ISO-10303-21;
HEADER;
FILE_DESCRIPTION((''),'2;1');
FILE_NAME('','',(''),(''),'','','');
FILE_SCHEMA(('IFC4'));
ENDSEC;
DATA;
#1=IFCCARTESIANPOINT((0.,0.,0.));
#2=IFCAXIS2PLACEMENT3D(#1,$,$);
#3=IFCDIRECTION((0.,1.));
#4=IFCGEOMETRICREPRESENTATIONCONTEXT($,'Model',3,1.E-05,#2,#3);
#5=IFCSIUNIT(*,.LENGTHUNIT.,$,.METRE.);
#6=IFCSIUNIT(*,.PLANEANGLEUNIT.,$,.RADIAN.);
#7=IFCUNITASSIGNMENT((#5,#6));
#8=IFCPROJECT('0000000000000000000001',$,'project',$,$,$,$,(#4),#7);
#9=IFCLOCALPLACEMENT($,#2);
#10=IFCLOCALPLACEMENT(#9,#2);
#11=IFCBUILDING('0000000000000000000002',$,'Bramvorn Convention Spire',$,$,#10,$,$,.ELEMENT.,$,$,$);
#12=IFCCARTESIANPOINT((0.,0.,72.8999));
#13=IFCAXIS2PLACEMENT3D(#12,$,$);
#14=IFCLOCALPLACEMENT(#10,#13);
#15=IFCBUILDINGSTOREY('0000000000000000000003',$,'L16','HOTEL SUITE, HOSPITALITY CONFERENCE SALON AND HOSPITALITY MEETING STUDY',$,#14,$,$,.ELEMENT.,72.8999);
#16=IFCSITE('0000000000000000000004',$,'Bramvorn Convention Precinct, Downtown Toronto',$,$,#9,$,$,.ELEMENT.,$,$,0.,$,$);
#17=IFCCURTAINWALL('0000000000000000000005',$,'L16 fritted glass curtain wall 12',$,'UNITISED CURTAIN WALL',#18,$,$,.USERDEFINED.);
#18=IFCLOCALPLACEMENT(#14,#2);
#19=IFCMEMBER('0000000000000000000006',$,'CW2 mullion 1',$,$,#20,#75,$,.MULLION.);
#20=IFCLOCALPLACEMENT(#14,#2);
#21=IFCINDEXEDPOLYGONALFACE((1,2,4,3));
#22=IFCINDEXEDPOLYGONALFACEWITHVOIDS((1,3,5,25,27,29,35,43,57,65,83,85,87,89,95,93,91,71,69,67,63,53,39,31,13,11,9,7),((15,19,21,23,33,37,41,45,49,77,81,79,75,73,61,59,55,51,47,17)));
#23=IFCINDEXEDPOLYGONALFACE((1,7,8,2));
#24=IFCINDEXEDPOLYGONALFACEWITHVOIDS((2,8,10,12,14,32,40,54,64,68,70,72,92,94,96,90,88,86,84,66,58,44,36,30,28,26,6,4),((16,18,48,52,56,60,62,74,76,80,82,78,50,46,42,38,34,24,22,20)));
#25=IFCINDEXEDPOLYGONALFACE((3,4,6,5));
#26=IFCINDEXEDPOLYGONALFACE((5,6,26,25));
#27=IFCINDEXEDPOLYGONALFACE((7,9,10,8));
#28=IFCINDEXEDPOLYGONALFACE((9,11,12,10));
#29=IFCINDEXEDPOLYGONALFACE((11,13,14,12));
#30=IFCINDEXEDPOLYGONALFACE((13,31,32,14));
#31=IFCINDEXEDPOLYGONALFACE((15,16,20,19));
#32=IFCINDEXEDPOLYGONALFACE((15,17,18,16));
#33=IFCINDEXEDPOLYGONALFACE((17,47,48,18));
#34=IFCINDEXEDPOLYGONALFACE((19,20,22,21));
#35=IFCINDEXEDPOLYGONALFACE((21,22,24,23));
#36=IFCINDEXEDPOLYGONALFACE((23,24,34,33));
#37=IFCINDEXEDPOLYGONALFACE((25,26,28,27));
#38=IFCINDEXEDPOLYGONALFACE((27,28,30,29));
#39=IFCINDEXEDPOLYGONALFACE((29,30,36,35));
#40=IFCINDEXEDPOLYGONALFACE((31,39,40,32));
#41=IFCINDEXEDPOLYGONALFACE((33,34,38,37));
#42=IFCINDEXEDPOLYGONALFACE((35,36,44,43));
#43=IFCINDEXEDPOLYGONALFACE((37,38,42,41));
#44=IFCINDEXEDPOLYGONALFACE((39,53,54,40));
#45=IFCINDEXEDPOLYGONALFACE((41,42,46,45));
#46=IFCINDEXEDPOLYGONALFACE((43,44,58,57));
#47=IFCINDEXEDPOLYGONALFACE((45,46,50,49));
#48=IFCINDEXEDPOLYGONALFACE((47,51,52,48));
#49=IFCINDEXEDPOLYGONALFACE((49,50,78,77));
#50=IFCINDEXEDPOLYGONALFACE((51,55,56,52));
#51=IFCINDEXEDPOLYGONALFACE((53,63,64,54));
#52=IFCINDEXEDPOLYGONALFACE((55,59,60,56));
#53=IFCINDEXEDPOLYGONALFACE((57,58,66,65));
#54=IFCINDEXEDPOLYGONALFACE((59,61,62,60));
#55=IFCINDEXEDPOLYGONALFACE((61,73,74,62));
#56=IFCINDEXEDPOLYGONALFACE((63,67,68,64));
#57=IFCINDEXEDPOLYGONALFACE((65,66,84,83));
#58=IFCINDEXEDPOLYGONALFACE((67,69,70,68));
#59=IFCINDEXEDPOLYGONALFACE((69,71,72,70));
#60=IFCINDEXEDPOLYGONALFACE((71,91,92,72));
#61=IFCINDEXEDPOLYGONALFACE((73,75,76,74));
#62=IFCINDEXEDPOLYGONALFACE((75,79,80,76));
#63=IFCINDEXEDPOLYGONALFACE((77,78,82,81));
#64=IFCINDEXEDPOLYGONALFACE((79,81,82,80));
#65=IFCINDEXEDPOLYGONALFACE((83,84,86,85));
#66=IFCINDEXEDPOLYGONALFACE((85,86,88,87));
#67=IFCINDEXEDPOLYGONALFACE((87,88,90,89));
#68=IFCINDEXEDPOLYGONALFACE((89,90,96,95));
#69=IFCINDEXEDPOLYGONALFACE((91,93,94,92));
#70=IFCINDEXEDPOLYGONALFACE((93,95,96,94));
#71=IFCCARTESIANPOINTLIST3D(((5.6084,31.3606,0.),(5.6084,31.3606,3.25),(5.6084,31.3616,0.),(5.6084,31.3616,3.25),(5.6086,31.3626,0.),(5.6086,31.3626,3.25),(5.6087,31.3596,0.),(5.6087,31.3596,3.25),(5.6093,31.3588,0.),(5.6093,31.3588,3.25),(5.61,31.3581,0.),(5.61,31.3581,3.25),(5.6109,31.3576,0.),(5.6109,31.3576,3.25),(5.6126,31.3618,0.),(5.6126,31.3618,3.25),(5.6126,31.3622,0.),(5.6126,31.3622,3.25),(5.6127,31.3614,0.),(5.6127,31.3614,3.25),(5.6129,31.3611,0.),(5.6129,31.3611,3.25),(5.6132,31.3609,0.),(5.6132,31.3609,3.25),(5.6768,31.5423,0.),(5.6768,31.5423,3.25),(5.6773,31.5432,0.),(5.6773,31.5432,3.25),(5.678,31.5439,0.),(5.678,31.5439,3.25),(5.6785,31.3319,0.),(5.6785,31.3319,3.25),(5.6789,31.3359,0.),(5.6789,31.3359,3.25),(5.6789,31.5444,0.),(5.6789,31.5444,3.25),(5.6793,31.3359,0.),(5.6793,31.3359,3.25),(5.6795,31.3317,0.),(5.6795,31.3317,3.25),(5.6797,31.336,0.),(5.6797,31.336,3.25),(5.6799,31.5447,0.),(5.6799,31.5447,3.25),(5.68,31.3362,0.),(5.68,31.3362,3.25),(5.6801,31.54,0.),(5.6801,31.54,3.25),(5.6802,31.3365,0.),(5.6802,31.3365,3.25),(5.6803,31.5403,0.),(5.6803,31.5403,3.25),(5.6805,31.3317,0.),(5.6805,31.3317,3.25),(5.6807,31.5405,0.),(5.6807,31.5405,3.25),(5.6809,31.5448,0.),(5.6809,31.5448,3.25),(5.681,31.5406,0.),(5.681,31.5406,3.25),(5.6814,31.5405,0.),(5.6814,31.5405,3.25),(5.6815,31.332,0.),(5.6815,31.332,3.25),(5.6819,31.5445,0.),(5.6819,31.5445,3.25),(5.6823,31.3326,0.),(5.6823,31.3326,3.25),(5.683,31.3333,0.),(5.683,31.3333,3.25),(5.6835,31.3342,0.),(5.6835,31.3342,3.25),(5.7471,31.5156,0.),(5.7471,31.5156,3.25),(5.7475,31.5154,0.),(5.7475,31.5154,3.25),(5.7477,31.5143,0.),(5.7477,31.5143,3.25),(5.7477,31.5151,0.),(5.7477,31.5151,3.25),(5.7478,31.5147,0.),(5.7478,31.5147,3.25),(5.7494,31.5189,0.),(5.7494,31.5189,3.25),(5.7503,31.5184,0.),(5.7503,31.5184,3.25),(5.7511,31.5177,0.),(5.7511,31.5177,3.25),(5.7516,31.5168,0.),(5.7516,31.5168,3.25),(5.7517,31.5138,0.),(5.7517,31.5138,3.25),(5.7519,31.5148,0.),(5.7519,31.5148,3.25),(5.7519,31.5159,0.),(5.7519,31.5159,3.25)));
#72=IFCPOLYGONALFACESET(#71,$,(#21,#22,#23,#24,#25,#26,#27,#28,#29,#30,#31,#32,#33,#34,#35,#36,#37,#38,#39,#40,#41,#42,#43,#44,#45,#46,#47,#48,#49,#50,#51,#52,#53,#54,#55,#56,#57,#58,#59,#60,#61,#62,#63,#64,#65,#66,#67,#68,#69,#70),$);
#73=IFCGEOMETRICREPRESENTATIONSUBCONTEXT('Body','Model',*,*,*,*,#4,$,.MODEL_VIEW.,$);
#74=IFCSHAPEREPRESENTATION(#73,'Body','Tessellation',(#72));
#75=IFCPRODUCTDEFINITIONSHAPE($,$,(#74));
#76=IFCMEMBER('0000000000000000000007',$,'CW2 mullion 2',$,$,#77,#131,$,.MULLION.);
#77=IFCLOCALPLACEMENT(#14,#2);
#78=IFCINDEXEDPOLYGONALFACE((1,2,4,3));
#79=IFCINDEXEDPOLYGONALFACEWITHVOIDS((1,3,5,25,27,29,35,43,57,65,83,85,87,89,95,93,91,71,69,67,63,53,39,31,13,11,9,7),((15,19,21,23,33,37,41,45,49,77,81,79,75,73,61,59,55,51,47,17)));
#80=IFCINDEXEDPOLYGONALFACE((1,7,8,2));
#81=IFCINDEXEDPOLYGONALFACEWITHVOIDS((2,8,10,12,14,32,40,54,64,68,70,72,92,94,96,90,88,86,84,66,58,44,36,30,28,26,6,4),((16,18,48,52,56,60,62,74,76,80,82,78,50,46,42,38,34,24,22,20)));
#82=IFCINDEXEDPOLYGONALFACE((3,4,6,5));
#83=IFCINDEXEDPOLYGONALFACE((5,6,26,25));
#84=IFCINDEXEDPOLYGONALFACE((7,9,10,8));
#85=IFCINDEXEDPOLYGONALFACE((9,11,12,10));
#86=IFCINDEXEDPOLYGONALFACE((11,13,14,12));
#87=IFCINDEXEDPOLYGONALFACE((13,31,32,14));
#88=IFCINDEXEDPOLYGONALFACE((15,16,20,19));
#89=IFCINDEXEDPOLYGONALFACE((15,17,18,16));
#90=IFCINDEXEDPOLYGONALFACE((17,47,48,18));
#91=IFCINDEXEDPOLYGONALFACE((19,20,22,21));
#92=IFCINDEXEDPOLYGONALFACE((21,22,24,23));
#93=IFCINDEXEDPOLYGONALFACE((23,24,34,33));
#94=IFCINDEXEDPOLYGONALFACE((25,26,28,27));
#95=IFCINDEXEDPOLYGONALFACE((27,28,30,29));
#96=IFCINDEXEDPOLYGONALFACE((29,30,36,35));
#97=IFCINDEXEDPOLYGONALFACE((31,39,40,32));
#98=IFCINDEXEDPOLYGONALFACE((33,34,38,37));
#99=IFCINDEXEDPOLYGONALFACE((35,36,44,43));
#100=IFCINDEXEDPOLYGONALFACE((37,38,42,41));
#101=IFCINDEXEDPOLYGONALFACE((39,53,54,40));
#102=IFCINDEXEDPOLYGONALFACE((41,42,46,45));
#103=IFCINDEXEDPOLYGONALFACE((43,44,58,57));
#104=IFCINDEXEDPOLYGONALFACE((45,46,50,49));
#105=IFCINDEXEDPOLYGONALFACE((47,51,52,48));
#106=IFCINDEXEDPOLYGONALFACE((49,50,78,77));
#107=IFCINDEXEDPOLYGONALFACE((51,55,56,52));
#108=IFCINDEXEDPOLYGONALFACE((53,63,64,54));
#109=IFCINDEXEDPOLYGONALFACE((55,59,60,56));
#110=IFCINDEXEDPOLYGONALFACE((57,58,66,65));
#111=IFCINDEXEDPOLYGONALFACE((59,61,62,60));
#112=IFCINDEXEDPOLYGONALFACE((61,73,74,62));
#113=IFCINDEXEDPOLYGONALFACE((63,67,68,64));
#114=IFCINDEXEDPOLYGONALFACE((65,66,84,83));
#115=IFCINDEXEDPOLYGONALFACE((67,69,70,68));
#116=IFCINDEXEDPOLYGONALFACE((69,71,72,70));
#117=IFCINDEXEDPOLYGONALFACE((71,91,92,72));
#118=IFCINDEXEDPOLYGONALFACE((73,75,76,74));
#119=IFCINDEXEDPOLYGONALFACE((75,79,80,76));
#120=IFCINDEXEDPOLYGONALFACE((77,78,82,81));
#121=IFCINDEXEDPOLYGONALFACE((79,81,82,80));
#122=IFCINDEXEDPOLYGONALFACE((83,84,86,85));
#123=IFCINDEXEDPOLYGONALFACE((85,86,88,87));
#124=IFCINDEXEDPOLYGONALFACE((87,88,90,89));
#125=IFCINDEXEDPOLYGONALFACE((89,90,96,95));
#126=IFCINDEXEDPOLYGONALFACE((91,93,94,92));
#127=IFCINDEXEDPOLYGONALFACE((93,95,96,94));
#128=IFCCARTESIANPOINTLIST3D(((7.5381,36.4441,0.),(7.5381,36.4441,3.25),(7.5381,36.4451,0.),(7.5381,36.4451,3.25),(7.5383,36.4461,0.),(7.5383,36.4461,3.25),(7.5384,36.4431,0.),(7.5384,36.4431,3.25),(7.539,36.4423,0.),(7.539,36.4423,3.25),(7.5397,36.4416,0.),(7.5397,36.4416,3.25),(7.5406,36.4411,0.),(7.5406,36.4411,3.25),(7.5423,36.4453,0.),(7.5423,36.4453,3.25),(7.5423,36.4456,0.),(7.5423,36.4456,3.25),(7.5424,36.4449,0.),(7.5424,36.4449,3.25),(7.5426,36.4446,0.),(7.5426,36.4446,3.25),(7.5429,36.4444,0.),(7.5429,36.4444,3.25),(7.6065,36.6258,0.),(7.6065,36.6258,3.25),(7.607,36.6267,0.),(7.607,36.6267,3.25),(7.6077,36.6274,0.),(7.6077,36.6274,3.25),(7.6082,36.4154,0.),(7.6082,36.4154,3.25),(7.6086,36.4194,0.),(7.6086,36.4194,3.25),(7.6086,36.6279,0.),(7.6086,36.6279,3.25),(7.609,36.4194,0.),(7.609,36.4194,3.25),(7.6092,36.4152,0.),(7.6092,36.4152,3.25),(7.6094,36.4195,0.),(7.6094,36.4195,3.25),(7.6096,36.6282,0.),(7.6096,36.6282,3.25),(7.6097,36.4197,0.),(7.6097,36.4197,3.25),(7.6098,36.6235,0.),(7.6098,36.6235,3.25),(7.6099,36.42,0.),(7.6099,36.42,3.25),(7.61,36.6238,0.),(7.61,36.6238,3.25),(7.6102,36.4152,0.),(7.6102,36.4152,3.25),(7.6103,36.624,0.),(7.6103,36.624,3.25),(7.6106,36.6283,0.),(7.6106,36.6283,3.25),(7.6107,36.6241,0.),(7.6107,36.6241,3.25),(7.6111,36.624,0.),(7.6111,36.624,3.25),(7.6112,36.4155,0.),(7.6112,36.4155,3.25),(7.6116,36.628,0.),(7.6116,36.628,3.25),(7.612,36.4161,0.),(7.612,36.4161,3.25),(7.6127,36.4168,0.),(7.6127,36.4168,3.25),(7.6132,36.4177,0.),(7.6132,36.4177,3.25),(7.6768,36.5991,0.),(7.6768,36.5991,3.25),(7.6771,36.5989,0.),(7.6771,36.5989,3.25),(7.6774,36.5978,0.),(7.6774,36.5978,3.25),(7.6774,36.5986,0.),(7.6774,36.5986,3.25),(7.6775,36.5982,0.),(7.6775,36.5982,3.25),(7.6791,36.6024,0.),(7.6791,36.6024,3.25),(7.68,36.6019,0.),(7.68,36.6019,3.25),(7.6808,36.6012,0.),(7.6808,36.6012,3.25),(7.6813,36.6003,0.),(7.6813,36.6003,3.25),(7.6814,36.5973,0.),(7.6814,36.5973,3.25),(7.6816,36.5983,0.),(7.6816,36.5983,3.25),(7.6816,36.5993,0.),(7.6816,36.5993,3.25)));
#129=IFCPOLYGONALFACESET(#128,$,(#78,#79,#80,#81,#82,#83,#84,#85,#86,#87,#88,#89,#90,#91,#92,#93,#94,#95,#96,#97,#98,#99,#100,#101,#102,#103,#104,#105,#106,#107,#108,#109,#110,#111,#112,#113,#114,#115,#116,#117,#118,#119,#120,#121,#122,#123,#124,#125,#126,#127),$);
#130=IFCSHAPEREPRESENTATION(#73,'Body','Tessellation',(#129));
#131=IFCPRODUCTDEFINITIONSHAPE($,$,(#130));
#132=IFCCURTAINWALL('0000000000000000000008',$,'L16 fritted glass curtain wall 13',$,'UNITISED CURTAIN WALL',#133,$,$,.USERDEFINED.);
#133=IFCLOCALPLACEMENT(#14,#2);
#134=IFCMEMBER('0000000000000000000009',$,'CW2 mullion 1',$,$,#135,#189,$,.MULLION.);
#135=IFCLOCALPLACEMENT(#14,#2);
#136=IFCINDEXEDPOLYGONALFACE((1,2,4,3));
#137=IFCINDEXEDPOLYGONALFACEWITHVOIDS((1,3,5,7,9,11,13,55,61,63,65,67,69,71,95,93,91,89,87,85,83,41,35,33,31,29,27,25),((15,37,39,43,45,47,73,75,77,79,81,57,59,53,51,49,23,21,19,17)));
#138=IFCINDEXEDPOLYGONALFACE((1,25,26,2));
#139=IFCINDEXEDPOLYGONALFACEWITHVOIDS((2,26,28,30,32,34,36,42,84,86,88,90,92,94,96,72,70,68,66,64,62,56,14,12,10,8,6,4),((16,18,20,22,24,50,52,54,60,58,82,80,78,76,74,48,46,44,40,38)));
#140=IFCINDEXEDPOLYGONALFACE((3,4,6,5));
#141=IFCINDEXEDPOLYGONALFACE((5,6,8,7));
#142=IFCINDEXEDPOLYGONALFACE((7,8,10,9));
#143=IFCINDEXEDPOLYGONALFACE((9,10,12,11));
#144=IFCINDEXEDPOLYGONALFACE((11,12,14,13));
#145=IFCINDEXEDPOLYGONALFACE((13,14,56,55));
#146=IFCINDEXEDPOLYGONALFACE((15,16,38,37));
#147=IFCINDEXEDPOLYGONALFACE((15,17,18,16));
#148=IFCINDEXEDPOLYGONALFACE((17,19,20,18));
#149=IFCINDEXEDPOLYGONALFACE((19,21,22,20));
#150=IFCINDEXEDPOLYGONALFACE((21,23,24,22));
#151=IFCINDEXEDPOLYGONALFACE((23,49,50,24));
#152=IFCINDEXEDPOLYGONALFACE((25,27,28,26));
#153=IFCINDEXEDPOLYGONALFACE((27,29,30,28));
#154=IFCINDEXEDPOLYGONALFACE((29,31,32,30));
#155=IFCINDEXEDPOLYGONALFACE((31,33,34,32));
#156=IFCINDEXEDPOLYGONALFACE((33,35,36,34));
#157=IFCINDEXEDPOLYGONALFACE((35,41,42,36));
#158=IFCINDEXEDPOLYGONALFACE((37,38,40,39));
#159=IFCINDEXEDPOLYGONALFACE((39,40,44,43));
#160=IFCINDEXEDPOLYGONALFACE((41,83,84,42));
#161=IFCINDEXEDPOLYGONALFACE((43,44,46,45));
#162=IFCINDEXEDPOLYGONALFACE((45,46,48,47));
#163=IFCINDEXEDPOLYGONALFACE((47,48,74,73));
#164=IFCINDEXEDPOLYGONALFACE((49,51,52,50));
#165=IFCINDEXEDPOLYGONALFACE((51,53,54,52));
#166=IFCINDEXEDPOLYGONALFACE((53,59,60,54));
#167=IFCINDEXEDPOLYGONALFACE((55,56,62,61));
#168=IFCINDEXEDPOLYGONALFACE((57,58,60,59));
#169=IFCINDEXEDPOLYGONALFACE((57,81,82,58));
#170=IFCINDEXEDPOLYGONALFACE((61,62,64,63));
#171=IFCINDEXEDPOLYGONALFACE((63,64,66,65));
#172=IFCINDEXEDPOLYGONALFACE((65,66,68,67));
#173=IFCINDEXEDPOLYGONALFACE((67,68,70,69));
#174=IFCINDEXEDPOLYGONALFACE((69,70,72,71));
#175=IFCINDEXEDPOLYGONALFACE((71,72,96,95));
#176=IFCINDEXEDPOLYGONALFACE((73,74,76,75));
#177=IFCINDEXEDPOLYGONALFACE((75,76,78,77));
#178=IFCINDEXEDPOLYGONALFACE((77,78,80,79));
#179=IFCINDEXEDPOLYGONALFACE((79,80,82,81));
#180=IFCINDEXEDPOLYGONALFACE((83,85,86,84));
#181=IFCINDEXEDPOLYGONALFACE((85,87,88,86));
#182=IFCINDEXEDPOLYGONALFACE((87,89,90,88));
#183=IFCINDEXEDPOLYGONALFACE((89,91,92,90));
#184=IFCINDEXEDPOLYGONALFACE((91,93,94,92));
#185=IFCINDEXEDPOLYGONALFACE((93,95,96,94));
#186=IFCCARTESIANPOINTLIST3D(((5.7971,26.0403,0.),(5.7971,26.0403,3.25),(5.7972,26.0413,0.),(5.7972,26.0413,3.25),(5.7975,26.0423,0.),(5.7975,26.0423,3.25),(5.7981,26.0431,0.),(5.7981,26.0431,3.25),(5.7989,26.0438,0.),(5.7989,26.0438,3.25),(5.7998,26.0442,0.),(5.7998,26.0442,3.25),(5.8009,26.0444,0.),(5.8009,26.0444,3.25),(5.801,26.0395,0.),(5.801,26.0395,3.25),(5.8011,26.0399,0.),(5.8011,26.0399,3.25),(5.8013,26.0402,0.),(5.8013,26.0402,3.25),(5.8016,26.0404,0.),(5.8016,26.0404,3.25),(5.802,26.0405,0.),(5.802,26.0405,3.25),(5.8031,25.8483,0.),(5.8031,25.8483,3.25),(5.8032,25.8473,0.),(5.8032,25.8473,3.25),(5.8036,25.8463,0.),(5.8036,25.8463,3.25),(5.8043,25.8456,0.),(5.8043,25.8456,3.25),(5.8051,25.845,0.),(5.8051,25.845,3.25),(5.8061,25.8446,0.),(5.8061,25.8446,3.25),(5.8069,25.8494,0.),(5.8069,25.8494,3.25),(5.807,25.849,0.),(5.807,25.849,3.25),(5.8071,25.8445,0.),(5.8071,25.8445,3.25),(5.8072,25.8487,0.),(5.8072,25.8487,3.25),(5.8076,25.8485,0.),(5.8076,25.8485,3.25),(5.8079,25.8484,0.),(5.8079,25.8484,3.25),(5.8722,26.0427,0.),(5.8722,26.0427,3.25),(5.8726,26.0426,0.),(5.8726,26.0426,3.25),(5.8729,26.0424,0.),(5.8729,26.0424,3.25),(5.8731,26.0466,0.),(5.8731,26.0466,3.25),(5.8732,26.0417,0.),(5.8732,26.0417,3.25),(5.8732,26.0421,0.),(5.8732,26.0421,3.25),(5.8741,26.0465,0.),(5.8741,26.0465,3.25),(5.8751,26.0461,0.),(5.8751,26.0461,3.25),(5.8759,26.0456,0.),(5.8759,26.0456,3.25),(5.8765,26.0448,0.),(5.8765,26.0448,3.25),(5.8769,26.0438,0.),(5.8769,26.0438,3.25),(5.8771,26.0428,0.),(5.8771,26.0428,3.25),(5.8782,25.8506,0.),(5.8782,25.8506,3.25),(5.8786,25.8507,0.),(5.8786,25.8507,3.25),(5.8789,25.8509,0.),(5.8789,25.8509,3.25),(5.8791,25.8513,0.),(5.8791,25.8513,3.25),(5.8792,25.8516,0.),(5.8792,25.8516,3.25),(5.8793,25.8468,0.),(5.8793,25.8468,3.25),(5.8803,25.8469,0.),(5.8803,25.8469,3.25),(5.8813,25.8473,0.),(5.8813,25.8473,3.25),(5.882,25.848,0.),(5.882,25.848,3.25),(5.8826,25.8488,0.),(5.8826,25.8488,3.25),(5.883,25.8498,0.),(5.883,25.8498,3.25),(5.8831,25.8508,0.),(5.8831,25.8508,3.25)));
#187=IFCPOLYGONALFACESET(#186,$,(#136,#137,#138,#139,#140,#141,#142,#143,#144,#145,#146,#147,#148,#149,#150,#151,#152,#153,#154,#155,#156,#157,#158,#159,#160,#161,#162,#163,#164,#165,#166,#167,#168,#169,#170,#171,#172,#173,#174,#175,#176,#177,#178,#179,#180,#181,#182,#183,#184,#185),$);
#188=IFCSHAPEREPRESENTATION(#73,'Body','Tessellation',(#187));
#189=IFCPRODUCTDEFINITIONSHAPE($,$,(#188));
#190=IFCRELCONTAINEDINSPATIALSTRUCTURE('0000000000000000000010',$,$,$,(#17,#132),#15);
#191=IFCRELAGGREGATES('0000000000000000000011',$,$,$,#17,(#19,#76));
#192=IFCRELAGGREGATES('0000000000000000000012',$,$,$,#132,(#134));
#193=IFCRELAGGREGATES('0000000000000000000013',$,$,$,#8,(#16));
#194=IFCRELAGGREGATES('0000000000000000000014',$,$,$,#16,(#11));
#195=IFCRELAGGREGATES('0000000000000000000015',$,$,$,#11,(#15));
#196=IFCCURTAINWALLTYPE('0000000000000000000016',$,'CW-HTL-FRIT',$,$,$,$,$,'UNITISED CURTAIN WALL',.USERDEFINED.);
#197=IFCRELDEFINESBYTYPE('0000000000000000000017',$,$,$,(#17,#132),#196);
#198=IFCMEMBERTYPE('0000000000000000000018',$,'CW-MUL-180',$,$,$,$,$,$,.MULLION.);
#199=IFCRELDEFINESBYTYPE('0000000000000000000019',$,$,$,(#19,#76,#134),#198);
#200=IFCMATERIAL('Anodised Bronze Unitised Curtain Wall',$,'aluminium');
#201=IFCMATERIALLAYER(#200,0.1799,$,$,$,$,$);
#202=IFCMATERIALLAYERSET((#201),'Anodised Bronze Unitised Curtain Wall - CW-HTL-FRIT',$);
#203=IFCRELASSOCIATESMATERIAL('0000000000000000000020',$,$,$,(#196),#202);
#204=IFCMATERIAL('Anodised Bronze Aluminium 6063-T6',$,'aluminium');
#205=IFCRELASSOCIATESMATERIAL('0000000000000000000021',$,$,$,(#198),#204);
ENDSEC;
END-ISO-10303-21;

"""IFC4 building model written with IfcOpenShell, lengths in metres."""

from ifc_helpers import new_model, si_unit, direction, frame, origin, origin_2d, place, context, subcontext, project, spatial, hollow_rectangle, extrude, material, layer, layer_set, material_profile, profile_set, type_object, element, aggregate, save


model = new_model("IFC4")

# Units and contexts
model_context = context("Model", 3, precision=1e-05, world=origin(), true_north=direction((0.0, 1.0)))
body_context = subcontext(model_context, "Body", "Model", "MODEL_VIEW")
ifc_project = project(units=[si_unit("LENGTHUNIT", "METRE"), si_unit("PLANEANGLEUNIT", "RADIAN")], contexts=[model_context])

# Site, building, storey
site_placement = place(None, origin())
site = spatial("IfcSite", under=ifc_project, at=site_placement, Name="Bramvorn Convention Precinct, Downtown Toronto", CompositionType="ELEMENT", RefElevation=0.0)
building_placement = place(site_placement, origin())
building = spatial("IfcBuilding", under=site, at=building_placement, Name="Bramvorn Convention Spire", CompositionType="ELEMENT")
storey_placement = place(building_placement, frame((0.0, 0.0, 72.8999)))
storey = spatial("IfcBuildingStorey", under=building, at=storey_placement, Name="L16", Description="HOTEL SUITE, HOSPITALITY CONFERENCE SALON AND HOSPITALITY MEETING STUDY", CompositionType="ELEMENT", Elevation=72.8999)

# Curtain walls, members
ifc_material_1 = material(Name="Anodised Bronze Unitised Curtain Wall", Category="aluminium")
ifc_layer_1 = layer(ifc_material_1, 0.1799)
ifc_layer_set_1 = layer_set([ifc_layer_1], Name="Anodised Bronze Unitised Curtain Wall - CW-HTL-FRIT")
curtain_wall_type = type_object("IfcCurtainWallType", Name="CW-HTL-FRIT", ElementType="UNITISED CURTAIN WALL", PredefinedType="USERDEFINED", material=ifc_layer_set_1)
curtain_wall_1_placement = place(storey_placement, origin())
curtain_wall_1 = element("IfcCurtainWall", 1, at=curtain_wall_1_placement, inside=storey, type_object=curtain_wall_type, Name="L16 fritted glass curtain wall 12", ObjectType="UNITISED CURTAIN WALL", PredefinedType="USERDEFINED")
ifc_material_2 = material(Name="Anodised Bronze Aluminium 6063-T6", Category="aluminium")
ifc_material_profile_1 = material_profile(ifc_material_2, hollow_rectangle(XDim=0.0801, YDim=0.2, WallThickness=0.0039, InnerFilletRadius=0.001, OuterFilletRadius=0.0039, at=origin_2d()))
ifc_profile_set_1 = profile_set([ifc_material_profile_1], Name="Anodised Bronze Aluminium 6063-T6 - CWM80X200")
member_type_1 = type_object("IfcMemberType", Name="CW-MUL-180", PredefinedType="MULLION", material=ifc_profile_set_1)
member_1_placement = place(storey_placement, frame((5.6802, 31.4382, 0.0), z_axis=(0.0, 0.0, 1.0), x_axis=(-0.934905, 0.354898, 0.0)))
member_1 = element("IfcMember", 2, at=member_1_placement, type_object=member_type_1, Name="CW2 mullion 1", PredefinedType="MULLION", context=body_context, shape_type="SweptSolid", body=[
    extrude(hollow_rectangle(XDim=0.0801, YDim=0.2, WallThickness=0.0039, InnerFilletRadius=0.001, OuterFilletRadius=0.0039, at=origin_2d()), origin(), (0.0, 0.0, 1.0), 3.25),
])
member_2_placement = place(storey_placement, frame((7.6099, 36.5217, 0.0), z_axis=(0.0, 0.0, 1.0), x_axis=(-0.934905, 0.354898, 0.0)))
member_2 = element("IfcMember", 3, at=member_2_placement, type_object=member_type_1, Name="CW2 mullion 2", PredefinedType="MULLION", context=body_context, shape_type="SweptSolid", body=[
    extrude(hollow_rectangle(XDim=0.0801, YDim=0.2, WallThickness=0.0039, InnerFilletRadius=0.001, OuterFilletRadius=0.0039, at=origin_2d()), origin(), (0.0, 0.0, 1.0), 3.25),
])
curtain_wall_2_placement = place(storey_placement, origin())
curtain_wall_2 = element("IfcCurtainWall", 4, at=curtain_wall_2_placement, inside=storey, type_object=curtain_wall_type, Name="L16 fritted glass curtain wall 13", ObjectType="UNITISED CURTAIN WALL", PredefinedType="USERDEFINED")
member_3_placement = place(storey_placement, frame((5.8401, 25.9456, 0.0), z_axis=(0.0, 0.0, 1.0), x_axis=(-0.999513, -0.031196, 0.0)))
member_3 = element("IfcMember", 5, at=member_3_placement, type_object=member_type_1, Name="CW2 mullion 1", PredefinedType="MULLION", context=body_context, shape_type="SweptSolid", body=[
    extrude(hollow_rectangle(XDim=0.0801, YDim=0.2, WallThickness=0.0039, InnerFilletRadius=0.001, OuterFilletRadius=0.0039, at=origin_2d()), origin(), (0.0, 0.0, 1.0), 3.25),
])

aggregate(curtain_wall_1, [member_1, member_2])
aggregate(curtain_wall_2, [member_3])

save(model, "model.ifc")
